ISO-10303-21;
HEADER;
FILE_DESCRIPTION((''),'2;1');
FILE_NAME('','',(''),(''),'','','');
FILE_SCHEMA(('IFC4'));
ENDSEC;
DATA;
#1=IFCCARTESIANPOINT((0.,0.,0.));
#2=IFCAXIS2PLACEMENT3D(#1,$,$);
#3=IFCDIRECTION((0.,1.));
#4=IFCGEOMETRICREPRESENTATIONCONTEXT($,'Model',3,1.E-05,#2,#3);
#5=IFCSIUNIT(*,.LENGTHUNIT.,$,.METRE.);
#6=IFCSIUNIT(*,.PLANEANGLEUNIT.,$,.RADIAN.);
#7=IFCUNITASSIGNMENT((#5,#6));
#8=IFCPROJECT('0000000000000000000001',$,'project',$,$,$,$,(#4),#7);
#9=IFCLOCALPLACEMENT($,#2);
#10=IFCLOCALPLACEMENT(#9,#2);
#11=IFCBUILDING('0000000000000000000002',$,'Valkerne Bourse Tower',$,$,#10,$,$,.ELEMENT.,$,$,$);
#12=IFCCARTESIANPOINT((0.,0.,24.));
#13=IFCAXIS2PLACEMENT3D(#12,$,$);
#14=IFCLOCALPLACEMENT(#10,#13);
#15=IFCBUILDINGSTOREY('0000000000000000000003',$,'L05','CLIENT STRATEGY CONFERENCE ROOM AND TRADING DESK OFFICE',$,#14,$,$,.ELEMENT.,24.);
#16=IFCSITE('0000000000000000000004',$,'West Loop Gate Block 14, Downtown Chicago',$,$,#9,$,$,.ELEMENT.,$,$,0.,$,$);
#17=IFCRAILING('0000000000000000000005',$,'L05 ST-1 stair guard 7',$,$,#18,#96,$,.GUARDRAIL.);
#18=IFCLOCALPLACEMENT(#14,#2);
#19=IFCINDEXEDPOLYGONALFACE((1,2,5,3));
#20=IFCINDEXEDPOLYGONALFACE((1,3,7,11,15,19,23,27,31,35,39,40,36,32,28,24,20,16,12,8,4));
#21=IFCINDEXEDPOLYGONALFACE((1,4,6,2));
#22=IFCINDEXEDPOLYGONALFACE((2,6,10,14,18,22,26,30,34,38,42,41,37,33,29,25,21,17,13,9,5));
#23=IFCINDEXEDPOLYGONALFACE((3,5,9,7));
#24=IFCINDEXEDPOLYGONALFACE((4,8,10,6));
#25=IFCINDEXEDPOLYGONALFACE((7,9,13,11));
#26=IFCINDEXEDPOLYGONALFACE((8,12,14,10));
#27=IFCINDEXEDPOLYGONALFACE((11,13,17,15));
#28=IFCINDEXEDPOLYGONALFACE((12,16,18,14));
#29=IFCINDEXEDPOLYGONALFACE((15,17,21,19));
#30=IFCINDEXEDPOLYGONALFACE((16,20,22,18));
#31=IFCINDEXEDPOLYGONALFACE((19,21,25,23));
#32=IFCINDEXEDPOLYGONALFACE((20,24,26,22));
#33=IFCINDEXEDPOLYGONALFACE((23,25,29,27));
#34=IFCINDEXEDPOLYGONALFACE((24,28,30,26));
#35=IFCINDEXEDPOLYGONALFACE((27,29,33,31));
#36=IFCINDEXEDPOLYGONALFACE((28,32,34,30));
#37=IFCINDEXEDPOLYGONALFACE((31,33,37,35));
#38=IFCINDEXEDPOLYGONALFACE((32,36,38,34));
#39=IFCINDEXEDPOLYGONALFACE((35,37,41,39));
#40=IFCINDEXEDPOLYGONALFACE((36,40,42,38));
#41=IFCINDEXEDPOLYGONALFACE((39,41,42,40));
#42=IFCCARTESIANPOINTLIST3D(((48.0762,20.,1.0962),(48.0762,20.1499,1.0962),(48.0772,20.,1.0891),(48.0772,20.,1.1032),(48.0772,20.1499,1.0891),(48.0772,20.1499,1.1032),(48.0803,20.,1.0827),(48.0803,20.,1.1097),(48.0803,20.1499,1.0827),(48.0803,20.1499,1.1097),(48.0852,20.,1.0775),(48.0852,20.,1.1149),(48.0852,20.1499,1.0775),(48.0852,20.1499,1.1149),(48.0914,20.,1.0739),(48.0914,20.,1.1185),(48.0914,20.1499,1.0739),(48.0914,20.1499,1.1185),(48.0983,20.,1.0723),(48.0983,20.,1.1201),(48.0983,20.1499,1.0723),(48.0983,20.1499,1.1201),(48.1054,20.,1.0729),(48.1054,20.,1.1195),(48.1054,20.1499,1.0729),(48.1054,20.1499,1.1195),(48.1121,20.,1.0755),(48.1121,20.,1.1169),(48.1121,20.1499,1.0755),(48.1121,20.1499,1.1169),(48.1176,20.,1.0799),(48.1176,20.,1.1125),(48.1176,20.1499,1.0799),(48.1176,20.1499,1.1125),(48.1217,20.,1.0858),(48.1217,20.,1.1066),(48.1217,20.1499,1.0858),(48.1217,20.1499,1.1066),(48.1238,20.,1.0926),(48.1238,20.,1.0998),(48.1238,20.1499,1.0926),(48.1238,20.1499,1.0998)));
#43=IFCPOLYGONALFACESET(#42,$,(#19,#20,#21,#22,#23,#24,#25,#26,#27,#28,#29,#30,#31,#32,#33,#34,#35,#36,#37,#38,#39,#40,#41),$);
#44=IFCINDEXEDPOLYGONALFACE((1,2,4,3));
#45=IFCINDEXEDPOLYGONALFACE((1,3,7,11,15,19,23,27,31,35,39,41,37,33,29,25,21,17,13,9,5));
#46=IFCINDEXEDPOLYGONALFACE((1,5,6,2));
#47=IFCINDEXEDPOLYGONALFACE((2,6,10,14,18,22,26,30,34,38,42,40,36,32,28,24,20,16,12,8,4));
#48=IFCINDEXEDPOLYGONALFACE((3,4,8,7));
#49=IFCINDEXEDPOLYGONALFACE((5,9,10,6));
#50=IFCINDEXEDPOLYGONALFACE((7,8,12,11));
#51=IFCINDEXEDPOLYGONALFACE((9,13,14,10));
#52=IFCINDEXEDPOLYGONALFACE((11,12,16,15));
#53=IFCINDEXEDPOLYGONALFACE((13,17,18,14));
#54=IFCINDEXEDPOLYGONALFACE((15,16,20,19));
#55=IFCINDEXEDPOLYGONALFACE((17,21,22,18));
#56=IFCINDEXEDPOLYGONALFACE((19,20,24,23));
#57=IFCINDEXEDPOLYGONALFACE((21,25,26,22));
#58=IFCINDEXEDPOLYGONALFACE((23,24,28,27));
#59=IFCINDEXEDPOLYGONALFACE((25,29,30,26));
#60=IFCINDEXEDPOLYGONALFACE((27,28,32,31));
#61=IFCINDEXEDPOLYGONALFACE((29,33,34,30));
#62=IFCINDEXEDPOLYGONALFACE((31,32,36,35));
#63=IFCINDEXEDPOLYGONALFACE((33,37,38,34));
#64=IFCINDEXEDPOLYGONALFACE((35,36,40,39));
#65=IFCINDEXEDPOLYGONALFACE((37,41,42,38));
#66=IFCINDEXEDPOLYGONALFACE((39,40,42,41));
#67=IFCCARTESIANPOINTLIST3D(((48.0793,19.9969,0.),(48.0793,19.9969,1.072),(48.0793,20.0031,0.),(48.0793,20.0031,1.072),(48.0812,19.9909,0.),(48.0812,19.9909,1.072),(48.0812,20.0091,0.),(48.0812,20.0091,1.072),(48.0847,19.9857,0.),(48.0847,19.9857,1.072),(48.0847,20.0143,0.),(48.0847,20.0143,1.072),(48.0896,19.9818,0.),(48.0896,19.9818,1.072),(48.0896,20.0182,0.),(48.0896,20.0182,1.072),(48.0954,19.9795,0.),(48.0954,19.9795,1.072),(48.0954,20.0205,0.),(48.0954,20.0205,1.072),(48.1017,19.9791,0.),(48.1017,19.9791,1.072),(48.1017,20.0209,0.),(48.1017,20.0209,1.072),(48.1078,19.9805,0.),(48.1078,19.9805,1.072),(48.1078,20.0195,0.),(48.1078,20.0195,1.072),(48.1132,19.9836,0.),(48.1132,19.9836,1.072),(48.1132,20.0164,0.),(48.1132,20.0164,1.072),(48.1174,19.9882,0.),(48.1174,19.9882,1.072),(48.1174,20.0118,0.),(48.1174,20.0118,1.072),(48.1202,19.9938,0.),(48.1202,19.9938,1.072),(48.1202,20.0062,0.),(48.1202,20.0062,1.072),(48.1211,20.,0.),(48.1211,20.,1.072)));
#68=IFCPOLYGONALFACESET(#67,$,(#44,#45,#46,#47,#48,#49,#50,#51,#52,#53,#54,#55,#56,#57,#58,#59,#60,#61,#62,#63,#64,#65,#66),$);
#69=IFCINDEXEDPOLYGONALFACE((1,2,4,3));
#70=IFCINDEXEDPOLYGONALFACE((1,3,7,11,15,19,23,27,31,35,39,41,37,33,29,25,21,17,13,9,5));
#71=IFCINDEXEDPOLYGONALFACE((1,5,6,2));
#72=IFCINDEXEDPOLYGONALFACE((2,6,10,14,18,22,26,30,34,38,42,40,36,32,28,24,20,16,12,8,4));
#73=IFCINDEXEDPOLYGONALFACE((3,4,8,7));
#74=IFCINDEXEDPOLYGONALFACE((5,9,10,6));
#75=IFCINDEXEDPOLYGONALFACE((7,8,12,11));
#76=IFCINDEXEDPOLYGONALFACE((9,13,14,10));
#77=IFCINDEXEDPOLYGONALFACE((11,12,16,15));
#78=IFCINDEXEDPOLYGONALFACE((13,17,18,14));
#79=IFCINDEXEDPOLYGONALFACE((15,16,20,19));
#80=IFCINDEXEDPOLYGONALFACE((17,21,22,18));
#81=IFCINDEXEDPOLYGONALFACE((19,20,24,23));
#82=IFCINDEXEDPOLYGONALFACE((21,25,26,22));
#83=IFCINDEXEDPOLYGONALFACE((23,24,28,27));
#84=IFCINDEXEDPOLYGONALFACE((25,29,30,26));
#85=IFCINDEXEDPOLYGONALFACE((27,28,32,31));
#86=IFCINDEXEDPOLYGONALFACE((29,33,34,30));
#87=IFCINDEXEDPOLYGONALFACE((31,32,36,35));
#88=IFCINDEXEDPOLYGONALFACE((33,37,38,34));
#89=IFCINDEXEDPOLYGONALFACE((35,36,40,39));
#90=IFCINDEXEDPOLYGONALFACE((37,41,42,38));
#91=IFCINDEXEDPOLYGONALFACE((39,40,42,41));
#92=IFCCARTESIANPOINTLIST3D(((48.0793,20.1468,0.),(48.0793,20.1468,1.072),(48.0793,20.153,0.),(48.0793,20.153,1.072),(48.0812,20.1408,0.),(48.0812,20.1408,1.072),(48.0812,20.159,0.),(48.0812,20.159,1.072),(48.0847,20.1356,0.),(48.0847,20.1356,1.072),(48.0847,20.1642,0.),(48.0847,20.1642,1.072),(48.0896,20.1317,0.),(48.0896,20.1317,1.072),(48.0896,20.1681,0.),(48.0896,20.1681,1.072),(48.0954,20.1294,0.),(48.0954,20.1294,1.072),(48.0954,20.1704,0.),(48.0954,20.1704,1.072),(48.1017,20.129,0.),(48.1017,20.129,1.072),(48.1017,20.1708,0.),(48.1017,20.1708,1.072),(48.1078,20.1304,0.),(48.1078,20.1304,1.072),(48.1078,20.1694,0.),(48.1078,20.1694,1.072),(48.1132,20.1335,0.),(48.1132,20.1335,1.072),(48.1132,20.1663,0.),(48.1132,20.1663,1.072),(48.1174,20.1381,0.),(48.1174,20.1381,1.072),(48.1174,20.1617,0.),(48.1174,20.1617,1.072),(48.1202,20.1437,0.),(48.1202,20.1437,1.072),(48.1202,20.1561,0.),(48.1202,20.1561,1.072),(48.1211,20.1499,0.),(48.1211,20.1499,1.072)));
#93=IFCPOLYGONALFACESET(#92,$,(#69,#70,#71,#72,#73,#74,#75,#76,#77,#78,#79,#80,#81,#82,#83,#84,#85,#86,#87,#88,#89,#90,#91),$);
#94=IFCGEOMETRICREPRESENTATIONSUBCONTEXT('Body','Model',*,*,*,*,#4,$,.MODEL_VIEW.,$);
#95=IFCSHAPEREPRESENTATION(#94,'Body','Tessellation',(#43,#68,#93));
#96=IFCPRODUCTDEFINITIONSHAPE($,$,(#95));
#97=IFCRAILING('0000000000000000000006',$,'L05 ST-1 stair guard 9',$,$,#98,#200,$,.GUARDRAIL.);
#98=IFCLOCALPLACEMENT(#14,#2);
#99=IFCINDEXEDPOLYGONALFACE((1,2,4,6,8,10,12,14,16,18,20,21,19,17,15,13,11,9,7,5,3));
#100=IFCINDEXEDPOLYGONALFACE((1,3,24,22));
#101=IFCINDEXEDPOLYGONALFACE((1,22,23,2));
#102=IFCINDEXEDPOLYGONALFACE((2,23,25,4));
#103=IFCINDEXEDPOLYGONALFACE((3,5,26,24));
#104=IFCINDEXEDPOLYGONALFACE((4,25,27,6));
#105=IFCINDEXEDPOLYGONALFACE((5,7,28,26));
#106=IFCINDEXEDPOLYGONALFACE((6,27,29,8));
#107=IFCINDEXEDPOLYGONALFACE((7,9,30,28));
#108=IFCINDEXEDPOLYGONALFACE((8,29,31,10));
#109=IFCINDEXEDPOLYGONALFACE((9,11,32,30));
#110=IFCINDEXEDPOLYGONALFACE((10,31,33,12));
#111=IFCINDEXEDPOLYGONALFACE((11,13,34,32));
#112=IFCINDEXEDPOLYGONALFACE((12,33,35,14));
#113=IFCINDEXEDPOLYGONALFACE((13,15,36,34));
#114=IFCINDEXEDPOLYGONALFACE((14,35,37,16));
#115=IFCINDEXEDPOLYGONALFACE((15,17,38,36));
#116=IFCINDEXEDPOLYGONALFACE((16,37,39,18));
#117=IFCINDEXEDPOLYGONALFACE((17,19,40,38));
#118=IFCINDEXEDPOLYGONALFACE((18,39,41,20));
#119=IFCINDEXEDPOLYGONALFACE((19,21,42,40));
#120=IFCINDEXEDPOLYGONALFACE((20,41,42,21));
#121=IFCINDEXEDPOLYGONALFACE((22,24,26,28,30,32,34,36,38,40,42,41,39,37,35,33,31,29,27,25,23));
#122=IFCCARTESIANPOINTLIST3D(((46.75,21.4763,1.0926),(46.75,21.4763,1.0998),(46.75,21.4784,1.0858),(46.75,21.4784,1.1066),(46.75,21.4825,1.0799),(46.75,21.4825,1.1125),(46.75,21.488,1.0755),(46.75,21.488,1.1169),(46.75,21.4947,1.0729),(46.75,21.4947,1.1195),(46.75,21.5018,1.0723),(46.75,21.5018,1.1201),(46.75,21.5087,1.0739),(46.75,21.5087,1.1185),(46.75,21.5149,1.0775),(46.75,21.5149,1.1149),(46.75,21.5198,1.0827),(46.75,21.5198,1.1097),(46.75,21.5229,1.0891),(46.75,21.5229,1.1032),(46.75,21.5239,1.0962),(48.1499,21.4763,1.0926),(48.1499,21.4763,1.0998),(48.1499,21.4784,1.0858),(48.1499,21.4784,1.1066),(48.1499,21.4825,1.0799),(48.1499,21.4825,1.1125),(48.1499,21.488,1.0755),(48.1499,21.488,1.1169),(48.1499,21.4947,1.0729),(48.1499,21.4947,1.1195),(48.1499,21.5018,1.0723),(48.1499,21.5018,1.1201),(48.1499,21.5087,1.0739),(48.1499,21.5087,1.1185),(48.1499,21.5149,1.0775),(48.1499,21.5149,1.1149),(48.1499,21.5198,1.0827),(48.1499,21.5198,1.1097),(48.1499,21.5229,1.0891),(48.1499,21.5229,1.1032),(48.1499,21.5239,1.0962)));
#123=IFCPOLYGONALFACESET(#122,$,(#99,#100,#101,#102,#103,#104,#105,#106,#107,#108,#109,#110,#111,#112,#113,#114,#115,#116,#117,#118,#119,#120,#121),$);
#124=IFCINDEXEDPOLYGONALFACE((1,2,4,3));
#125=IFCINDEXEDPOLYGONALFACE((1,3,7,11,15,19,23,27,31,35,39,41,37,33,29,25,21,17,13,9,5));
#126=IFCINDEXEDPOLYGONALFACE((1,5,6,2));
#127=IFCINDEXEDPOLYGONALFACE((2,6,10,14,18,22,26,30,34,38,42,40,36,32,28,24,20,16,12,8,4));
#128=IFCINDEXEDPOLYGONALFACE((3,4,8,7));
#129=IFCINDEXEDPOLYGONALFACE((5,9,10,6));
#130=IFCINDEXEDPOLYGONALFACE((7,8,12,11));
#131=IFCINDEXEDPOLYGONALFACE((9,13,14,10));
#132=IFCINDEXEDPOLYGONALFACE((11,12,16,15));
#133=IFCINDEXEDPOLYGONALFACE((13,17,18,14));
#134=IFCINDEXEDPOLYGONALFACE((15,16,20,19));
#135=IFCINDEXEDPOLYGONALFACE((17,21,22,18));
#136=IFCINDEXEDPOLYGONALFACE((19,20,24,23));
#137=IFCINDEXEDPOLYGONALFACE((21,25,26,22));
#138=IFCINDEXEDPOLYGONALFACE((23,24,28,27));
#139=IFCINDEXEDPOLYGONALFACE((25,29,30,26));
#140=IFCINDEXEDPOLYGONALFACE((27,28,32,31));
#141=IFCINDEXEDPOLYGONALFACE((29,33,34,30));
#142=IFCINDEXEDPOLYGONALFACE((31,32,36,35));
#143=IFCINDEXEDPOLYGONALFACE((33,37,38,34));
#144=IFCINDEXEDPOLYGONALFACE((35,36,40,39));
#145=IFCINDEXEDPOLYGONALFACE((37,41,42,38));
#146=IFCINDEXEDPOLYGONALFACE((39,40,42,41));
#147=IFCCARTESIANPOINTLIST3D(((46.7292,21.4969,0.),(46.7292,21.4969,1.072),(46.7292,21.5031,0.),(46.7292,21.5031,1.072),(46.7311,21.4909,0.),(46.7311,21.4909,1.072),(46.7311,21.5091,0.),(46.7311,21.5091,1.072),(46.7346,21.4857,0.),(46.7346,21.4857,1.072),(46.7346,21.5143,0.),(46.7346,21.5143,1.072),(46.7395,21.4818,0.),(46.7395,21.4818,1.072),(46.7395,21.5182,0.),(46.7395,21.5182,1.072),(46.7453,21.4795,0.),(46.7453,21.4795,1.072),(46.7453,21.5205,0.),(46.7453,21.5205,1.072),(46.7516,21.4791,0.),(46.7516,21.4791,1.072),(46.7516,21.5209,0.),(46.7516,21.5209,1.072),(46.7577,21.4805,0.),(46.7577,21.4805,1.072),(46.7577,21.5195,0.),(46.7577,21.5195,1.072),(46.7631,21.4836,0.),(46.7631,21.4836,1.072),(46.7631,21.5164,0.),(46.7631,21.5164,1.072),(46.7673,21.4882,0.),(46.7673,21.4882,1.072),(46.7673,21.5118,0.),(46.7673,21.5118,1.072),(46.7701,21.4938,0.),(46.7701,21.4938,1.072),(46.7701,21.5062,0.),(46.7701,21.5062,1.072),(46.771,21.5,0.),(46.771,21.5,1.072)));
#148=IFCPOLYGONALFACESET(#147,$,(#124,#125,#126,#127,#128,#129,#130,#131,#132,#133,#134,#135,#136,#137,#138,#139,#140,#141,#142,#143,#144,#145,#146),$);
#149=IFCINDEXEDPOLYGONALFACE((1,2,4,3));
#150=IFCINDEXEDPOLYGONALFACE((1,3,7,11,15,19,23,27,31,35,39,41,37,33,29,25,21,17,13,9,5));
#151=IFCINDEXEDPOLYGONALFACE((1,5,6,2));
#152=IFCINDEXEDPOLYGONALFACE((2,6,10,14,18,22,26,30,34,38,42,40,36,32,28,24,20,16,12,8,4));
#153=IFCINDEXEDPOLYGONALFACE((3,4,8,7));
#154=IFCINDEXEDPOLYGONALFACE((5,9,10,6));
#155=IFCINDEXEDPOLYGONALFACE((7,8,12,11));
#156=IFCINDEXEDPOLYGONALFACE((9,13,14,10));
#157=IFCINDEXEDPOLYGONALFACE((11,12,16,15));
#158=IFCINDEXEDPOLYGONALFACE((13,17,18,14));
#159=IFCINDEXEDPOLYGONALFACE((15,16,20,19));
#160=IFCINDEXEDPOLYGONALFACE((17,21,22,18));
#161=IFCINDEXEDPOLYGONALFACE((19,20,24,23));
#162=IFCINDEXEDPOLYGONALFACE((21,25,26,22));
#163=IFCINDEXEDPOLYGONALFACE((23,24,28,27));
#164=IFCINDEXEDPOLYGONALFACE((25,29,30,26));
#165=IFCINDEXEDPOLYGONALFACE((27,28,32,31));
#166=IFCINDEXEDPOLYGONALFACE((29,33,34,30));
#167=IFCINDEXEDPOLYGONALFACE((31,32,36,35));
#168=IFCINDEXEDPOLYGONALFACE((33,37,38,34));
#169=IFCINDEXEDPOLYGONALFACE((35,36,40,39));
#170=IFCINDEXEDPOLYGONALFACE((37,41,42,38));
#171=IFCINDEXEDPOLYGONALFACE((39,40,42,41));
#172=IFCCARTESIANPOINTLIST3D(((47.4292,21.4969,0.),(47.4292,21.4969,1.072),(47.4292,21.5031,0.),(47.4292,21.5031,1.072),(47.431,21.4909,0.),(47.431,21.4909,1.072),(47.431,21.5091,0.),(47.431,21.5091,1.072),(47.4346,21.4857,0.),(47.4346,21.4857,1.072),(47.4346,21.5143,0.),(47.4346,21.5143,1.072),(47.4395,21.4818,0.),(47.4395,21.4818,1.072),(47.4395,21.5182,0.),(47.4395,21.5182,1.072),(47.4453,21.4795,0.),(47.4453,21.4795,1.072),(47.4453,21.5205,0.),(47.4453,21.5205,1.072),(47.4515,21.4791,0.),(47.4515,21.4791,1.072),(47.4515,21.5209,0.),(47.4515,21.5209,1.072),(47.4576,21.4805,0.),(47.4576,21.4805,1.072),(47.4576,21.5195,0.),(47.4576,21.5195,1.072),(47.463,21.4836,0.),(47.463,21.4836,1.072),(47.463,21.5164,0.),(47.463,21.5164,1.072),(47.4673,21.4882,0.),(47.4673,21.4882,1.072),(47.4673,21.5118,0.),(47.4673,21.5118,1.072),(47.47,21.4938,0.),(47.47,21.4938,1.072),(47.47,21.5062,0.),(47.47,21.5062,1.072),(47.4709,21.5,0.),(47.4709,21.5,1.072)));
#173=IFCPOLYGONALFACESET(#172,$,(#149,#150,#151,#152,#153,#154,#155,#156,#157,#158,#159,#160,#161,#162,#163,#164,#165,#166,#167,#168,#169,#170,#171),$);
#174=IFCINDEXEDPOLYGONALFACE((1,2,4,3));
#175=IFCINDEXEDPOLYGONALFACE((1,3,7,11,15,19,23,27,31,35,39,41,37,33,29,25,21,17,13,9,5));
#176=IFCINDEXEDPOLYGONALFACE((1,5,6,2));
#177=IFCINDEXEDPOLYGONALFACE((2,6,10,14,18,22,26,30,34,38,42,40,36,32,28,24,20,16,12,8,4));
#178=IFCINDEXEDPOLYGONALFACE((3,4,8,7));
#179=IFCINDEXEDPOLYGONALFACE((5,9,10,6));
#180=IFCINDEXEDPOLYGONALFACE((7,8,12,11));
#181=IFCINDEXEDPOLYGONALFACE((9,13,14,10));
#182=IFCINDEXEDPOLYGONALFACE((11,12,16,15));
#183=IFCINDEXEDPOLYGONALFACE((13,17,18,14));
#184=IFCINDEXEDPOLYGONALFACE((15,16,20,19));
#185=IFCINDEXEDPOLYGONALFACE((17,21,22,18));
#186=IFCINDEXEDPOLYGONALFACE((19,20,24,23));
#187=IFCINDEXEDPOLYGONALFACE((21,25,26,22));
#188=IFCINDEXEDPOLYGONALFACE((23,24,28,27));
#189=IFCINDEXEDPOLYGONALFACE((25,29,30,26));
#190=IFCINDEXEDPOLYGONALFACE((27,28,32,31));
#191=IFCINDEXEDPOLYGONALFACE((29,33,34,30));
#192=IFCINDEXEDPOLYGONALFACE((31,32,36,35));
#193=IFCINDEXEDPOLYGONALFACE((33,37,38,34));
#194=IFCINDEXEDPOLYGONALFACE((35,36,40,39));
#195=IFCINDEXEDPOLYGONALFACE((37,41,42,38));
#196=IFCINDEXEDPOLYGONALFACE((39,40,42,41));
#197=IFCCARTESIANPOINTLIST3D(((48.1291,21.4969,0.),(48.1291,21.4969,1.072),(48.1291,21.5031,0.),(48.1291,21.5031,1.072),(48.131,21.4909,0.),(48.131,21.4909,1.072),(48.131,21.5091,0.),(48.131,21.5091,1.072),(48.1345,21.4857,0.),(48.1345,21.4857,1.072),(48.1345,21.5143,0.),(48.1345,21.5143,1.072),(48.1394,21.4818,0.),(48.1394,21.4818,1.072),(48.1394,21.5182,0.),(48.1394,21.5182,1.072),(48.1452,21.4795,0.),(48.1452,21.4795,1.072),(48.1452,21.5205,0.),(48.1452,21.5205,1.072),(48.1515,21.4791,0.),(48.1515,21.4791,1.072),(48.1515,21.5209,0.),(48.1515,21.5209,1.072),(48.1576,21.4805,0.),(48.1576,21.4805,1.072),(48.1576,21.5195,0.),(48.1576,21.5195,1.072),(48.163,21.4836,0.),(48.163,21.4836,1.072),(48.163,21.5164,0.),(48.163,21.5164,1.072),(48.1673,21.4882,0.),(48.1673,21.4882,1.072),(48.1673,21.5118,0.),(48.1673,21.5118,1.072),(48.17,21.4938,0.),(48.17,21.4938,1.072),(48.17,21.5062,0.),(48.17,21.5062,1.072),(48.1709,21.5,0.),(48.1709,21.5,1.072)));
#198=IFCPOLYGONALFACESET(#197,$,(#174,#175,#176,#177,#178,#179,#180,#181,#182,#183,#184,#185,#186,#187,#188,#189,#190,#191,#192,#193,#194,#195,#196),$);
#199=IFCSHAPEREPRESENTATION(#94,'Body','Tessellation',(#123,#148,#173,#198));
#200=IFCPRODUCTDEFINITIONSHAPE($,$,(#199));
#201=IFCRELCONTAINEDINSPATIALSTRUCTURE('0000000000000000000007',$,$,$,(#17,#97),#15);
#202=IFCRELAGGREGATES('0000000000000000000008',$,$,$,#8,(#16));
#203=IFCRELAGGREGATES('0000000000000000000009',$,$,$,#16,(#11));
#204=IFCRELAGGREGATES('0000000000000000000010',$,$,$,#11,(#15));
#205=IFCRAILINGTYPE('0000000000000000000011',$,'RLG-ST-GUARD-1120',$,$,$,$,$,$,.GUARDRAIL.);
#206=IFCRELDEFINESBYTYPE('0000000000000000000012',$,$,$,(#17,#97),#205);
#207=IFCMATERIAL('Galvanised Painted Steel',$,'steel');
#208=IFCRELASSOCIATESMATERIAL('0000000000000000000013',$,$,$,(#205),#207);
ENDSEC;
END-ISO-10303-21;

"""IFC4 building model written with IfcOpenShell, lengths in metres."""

from ifc_helpers import new_model, si_unit, direction, frame, origin, origin_2d, place, context, subcontext, project, spatial, circle, extrude, material, type_object, element, save


model = new_model("IFC4")

# Units and contexts
model_context = context("Model", 3, precision=1e-05, world=origin(), true_north=direction((0.0, 1.0)))
body_context = subcontext(model_context, "Body", "Model", "MODEL_VIEW")
ifc_project = project(units=[si_unit("LENGTHUNIT", "METRE"), si_unit("PLANEANGLEUNIT", "RADIAN")], contexts=[model_context])

# Site, building, storey
site_placement = place(None, origin())
site = spatial("IfcSite", under=ifc_project, at=site_placement, Name="West Loop Gate Block 14, Downtown Chicago", CompositionType="ELEMENT", RefElevation=0.0)
building_placement = place(site_placement, origin())
building = spatial("IfcBuilding", under=site, at=building_placement, Name="Valkerne Bourse Tower", CompositionType="ELEMENT")
storey_placement = place(building_placement, frame((0.0, 0.0, 24.0)))
storey = spatial("IfcBuildingStorey", under=building, at=storey_placement, Name="L05", Description="CLIENT STRATEGY CONFERENCE ROOM AND TRADING DESK OFFICE", CompositionType="ELEMENT", Elevation=24.0)

# Shared definitions
ifc_material_1 = material(Name="Galvanised Painted Steel", Category="steel")

# Railings
railing_type_1 = type_object("IfcRailingType", Name="RLG-ST-GUARD-1120", PredefinedType="GUARDRAIL", material=ifc_material_1)
railing_1_placement = place(storey_placement, frame((48.1001, 20.0, 0.0)))
element("IfcRailing", 1, at=railing_1_placement, inside=storey, type_object=railing_type_1, Name="L05 ST-1 stair guard 7", PredefinedType="GUARDRAIL", context=body_context, shape_type="SweptSolid", body=[
    extrude(circle(Radius=0.0239, at=origin_2d()), frame((0.0, 0.0, 1.0962), z_axis=(0.0, 1.0, 0.0), x_axis=(-1.0, 0.0, 0.0)), (0.0, 0.0, 1.0), 0.1499),
    extrude(circle(Radius=0.021, at=origin_2d()), origin(), (0.0, 0.0, 1.0), 1.072),
    extrude(circle(Radius=0.021, at=origin_2d()), frame((0.0, 0.1499, 0.0)), (0.0, 0.0, 1.0), 1.072),
])
railing_2_placement = place(storey_placement, frame((46.75, 21.5, 0.0)))
element("IfcRailing", 2, at=railing_2_placement, inside=storey, type_object=railing_type_1, Name="L05 ST-1 stair guard 9", PredefinedType="GUARDRAIL", context=body_context, shape_type="SweptSolid", body=[
    extrude(circle(Radius=0.0239, at=origin_2d()), frame((0.0, 0.0, 1.0962), z_axis=(1.0, 0.0, 0.0), x_axis=(0.0, 1.0, 0.0)), (0.0, 0.0, 1.0), 1.3999),
    extrude(circle(Radius=0.021, at=origin_2d()), origin(), (0.0, 0.0, 1.0), 1.072),
    extrude(circle(Radius=0.021, at=origin_2d()), frame((0.7, 0.0, 0.0)), (0.0, 0.0, 1.0), 1.072),
    extrude(circle(Radius=0.021, at=origin_2d()), frame((1.3999, 0.0, 0.0)), (0.0, 0.0, 1.0), 1.072),
])

save(model, "model.ifc")
